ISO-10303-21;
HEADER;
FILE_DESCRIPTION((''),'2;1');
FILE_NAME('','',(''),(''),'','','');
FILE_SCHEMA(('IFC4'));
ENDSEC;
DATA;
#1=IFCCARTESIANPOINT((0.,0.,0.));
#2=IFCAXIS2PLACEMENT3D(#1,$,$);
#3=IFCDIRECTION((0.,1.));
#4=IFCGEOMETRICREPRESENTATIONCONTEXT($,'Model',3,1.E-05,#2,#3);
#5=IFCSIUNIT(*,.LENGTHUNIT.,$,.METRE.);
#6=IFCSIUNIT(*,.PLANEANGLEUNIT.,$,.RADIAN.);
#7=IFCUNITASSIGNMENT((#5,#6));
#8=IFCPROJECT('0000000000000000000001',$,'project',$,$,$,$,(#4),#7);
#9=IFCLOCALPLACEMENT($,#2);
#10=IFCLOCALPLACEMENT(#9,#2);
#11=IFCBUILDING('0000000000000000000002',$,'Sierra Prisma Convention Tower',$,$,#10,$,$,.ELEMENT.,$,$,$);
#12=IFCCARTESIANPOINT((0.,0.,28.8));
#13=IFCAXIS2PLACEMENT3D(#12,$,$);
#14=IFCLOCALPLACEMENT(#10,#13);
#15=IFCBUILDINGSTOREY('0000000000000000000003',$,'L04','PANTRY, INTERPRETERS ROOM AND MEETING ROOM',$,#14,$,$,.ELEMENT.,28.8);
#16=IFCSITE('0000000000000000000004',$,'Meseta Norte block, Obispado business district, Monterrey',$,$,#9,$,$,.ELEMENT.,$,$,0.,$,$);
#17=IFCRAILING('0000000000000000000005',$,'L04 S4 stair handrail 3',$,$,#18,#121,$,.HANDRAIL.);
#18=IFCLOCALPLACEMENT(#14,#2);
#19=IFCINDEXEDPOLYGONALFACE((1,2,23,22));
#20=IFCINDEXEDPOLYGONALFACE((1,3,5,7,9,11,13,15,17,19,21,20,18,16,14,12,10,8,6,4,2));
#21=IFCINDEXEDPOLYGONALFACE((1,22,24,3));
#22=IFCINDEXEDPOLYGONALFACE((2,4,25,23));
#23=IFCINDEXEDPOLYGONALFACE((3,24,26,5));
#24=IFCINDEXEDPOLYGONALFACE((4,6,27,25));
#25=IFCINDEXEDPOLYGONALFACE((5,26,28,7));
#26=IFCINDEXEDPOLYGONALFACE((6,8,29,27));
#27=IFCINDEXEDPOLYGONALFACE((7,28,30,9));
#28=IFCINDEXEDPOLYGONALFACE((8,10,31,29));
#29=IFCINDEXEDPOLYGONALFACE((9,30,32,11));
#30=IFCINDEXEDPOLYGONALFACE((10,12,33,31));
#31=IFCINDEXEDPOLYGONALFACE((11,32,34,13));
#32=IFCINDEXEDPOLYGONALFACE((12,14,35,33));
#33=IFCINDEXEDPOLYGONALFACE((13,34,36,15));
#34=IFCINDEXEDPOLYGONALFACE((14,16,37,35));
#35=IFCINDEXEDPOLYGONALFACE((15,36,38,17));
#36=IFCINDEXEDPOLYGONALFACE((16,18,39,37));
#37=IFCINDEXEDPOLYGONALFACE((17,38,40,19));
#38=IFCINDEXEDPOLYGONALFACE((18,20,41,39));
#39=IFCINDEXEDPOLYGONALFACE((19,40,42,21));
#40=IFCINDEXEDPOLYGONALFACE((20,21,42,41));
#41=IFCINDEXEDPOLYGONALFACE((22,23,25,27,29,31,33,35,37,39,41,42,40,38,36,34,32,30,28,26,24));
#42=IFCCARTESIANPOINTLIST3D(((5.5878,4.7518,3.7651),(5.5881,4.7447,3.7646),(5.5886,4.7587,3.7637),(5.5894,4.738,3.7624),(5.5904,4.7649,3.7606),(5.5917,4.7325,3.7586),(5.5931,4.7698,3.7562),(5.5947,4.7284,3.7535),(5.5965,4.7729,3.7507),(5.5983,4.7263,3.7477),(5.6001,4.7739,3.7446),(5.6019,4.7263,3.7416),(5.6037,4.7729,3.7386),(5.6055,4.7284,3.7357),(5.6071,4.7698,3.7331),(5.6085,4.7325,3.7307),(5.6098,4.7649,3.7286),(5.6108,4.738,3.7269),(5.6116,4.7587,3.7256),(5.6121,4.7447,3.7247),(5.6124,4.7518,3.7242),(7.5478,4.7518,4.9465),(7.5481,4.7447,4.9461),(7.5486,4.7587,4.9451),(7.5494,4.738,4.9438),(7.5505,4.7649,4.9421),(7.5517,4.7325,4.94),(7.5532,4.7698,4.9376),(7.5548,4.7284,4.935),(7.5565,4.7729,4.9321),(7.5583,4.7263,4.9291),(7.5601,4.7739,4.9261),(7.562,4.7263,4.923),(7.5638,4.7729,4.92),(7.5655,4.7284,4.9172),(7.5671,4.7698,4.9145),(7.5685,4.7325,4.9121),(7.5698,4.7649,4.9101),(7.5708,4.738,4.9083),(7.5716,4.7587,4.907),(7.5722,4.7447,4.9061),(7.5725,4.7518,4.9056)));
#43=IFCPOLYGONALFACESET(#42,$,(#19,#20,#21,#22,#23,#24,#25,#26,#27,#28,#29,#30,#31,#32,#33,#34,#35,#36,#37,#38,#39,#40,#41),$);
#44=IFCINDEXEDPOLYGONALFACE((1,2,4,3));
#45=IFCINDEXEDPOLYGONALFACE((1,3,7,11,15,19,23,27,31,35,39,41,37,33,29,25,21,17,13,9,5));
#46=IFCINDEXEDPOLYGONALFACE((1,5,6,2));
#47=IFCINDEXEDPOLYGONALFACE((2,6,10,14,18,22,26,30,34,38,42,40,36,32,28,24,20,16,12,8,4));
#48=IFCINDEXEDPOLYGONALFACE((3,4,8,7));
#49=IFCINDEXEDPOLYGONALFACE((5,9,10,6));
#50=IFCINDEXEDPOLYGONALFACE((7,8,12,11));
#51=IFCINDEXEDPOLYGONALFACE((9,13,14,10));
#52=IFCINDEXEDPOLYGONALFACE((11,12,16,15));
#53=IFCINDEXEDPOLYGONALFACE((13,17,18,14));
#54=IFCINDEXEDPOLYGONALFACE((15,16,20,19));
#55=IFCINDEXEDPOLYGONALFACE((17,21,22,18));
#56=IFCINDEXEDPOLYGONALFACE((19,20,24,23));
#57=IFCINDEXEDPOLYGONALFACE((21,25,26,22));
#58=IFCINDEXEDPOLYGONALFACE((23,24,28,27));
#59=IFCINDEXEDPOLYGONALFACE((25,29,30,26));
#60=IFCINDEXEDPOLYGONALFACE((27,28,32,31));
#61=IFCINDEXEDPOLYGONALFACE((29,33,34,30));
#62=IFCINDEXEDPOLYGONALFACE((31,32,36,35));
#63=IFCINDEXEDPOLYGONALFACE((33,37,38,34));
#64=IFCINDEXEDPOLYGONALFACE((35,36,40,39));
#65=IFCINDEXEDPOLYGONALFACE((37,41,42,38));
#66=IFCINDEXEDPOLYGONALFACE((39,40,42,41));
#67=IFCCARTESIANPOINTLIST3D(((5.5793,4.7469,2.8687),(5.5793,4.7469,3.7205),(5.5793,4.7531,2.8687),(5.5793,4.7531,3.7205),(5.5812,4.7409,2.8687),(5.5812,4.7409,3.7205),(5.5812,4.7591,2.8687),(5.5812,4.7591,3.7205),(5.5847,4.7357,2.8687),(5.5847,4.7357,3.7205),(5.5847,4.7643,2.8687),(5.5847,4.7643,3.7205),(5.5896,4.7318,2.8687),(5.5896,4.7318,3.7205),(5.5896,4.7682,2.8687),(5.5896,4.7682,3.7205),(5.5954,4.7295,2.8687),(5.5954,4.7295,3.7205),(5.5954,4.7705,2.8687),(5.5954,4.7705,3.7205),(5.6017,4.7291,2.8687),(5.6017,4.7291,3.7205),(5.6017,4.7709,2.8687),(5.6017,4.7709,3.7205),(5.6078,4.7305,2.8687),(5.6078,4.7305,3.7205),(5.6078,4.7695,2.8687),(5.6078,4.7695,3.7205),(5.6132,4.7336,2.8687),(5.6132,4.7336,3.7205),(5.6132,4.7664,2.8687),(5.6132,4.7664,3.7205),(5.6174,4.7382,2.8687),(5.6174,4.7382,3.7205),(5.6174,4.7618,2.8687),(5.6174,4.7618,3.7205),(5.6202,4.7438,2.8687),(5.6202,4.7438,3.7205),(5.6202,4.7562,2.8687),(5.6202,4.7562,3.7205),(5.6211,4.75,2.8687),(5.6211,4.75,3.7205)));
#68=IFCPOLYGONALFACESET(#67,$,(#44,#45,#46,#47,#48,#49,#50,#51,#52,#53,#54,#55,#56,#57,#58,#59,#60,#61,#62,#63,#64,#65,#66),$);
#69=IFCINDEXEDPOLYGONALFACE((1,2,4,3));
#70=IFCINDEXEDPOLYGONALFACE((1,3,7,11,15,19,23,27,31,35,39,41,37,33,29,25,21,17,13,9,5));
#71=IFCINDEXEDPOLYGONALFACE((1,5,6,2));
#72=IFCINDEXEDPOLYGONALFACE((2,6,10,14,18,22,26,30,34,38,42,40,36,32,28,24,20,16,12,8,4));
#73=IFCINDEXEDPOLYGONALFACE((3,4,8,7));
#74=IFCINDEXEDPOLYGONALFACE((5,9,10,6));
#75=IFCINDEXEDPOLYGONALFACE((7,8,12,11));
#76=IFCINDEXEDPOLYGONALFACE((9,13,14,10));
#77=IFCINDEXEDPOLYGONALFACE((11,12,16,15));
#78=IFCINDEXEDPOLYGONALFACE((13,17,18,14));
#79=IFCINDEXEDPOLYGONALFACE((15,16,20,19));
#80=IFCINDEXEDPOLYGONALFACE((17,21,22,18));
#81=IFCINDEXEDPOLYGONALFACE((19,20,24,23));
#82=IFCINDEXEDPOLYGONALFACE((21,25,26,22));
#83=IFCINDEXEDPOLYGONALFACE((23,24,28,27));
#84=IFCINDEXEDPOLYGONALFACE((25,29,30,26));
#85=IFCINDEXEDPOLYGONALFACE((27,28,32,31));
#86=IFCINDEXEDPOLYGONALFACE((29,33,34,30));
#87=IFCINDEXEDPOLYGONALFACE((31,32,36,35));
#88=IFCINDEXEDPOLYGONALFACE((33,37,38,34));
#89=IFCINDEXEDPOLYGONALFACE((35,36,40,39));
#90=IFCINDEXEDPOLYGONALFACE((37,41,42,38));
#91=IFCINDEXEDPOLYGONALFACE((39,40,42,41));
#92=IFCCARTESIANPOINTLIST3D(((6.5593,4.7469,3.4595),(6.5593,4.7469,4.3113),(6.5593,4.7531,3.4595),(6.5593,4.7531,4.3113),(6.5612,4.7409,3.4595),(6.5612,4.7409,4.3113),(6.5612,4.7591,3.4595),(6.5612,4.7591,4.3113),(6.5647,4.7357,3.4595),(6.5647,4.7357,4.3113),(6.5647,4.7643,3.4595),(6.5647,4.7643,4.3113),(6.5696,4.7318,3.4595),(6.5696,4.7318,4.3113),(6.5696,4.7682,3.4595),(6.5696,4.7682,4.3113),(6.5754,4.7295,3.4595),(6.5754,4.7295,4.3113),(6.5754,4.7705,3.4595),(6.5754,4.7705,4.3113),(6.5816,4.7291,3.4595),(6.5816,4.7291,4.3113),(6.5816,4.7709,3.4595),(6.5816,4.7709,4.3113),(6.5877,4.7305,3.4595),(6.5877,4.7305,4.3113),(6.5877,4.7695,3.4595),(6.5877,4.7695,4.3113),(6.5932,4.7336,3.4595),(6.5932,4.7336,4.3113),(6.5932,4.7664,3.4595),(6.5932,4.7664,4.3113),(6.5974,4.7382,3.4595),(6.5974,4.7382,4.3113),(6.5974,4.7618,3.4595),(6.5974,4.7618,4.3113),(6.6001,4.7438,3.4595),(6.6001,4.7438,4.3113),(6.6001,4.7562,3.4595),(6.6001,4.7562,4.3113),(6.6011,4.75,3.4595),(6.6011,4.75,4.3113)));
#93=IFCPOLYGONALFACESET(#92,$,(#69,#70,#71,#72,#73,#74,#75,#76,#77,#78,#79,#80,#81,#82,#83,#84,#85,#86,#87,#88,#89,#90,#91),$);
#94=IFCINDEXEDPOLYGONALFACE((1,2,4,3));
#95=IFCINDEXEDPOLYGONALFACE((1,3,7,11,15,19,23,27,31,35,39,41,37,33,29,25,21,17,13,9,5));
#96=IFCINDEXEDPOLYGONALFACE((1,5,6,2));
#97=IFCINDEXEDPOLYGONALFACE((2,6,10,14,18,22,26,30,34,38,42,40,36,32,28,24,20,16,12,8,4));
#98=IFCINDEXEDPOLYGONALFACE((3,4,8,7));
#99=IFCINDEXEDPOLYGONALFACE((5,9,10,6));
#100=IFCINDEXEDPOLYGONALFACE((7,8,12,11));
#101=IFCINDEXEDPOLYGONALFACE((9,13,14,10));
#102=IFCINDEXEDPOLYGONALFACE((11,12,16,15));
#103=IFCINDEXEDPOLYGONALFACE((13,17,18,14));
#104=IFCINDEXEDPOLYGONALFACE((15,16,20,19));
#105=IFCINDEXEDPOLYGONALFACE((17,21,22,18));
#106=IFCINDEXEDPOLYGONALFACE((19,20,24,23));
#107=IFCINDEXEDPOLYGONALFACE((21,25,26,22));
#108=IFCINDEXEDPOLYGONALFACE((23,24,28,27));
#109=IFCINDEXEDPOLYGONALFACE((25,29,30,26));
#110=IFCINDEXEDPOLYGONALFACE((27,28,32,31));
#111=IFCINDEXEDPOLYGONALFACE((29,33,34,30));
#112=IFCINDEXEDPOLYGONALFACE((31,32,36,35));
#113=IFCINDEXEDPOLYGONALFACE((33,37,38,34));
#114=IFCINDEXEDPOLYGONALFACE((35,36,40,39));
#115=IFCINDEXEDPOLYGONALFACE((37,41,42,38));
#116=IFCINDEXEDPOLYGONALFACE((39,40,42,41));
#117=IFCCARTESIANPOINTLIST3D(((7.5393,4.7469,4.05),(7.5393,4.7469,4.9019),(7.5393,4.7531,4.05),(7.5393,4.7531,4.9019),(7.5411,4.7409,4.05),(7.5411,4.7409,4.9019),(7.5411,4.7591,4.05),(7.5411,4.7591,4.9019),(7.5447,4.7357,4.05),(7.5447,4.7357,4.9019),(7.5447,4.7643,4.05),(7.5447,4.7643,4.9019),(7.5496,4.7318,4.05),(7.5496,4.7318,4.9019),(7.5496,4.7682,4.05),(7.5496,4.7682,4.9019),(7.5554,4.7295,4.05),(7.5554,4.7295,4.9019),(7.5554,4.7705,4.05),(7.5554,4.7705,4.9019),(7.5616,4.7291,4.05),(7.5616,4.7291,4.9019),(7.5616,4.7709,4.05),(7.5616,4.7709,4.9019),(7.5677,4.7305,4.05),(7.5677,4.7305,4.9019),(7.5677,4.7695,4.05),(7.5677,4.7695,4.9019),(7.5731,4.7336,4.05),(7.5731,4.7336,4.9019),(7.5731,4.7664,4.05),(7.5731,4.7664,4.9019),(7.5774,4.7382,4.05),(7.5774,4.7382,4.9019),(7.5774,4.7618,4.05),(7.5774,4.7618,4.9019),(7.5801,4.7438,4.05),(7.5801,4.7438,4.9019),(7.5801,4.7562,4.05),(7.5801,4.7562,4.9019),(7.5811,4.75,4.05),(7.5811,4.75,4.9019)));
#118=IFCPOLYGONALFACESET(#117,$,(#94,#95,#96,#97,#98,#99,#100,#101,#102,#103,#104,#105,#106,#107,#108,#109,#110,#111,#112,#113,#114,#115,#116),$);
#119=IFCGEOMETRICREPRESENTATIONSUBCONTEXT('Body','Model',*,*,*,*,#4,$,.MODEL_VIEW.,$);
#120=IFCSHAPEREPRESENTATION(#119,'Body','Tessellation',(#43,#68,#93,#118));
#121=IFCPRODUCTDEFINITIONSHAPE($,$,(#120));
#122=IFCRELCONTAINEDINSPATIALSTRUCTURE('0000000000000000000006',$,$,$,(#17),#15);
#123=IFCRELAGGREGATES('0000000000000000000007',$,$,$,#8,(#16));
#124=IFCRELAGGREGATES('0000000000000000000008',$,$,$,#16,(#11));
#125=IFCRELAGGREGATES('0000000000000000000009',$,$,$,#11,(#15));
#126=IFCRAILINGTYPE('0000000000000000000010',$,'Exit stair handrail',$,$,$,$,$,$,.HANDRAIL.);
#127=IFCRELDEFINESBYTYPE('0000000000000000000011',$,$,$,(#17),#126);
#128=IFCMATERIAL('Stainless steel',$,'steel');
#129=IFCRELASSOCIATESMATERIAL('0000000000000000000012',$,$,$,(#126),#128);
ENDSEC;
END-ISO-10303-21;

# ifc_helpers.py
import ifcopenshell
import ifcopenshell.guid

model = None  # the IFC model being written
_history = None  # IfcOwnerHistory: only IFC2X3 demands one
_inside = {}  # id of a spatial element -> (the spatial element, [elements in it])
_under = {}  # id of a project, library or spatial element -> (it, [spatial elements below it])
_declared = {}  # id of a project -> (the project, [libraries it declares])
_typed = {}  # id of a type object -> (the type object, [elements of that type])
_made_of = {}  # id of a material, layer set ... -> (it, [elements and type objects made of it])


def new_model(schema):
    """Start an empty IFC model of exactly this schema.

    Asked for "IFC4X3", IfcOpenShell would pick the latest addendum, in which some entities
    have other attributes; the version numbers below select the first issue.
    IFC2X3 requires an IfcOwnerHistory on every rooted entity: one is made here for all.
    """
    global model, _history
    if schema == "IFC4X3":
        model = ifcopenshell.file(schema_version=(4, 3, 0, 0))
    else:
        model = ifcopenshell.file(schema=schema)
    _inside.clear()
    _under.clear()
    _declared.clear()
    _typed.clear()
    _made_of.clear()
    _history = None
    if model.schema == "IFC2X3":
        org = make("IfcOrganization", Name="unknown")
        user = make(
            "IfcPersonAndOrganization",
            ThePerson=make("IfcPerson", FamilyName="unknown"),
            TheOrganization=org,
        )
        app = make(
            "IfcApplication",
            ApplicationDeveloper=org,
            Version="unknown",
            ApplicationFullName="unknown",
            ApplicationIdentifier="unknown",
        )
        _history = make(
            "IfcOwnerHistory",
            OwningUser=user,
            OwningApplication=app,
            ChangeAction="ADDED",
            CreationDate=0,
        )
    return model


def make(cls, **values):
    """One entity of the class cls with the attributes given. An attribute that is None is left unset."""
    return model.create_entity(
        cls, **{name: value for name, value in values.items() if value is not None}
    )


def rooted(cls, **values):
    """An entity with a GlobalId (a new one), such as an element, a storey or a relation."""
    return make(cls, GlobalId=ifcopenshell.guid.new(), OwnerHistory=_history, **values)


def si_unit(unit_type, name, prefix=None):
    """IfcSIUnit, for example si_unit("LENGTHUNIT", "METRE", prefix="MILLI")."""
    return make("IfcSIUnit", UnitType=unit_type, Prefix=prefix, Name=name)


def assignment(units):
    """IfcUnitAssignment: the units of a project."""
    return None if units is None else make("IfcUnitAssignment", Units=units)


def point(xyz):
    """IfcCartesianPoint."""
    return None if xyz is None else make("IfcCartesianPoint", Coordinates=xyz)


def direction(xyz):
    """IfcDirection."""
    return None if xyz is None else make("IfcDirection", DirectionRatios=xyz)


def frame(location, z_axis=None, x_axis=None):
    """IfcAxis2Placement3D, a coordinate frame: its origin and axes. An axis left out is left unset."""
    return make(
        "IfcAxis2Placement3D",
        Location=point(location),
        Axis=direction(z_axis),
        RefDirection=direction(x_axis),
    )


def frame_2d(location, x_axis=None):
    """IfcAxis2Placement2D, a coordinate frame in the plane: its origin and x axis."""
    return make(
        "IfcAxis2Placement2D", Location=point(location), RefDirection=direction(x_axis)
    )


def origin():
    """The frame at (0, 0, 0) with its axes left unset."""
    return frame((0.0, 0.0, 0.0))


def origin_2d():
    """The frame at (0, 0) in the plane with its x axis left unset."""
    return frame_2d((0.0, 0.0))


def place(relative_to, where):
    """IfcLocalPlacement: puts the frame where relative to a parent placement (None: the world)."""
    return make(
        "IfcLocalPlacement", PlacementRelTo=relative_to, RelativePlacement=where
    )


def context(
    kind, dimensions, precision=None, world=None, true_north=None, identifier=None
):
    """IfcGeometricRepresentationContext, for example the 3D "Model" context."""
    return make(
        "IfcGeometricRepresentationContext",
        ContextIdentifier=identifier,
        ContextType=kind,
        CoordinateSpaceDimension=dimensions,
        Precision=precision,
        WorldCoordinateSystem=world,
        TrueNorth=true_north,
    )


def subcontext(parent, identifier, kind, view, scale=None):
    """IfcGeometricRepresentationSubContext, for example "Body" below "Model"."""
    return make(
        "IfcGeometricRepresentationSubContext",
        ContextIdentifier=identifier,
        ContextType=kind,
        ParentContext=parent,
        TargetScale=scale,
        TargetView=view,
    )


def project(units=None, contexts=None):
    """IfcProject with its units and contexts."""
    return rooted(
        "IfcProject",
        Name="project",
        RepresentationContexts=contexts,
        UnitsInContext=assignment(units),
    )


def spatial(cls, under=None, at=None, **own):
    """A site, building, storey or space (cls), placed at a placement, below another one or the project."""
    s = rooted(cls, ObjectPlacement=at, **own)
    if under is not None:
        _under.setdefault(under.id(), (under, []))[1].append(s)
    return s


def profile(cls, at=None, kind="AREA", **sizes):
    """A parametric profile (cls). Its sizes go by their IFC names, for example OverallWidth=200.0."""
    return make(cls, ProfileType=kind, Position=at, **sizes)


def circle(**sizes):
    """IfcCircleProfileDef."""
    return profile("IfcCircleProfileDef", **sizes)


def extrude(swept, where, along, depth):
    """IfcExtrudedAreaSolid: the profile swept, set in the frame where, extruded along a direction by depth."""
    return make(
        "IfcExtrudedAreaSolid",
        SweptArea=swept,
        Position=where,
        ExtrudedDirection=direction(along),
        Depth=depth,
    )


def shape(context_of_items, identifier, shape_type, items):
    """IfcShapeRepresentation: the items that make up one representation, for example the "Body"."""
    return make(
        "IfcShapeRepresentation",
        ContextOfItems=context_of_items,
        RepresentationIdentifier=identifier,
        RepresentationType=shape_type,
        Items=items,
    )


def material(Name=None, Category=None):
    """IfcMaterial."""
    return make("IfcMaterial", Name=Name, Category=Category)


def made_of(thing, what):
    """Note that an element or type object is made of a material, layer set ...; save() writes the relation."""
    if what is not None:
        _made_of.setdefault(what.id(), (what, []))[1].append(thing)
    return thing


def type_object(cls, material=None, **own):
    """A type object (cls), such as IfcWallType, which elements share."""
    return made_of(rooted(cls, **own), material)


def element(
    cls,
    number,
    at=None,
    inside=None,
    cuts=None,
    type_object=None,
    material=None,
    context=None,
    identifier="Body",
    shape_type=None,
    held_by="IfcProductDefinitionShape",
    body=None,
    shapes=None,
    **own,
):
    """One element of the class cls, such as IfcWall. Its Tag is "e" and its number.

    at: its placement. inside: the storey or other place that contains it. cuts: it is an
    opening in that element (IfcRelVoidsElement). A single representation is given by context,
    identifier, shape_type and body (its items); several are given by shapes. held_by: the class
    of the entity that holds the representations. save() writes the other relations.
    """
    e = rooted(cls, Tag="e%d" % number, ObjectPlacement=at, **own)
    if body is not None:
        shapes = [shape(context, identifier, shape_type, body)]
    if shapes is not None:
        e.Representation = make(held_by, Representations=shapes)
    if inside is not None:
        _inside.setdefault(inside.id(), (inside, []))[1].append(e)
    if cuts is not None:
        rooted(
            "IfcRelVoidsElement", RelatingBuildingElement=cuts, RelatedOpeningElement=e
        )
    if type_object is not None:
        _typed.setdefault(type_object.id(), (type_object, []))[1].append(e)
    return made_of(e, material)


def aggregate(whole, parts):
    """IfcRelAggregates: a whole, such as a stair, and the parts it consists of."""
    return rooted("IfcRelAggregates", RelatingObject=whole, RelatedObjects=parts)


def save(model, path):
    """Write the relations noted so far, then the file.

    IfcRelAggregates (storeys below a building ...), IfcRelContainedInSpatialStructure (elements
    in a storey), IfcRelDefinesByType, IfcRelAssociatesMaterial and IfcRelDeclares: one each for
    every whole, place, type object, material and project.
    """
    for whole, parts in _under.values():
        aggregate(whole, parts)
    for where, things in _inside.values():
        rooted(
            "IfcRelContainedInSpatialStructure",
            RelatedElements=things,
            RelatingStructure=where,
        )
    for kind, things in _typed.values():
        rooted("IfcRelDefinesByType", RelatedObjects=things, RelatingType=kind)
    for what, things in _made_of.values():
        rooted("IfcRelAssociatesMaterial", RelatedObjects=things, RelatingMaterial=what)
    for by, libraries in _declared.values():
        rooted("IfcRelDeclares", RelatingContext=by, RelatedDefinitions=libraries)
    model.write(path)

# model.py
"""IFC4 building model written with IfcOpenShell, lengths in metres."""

from ifc_helpers import new_model, si_unit, direction, frame, origin, origin_2d, place, context, subcontext, project, spatial, circle, extrude, material, type_object, element, save


model = new_model("IFC4")

# Units and contexts
model_context = context("Model", 3, precision=1e-05, world=origin(), true_north=direction((0.0, 1.0)))
body_context = subcontext(model_context, "Body", "Model", "MODEL_VIEW")
ifc_project = project(units=[si_unit("LENGTHUNIT", "METRE"), si_unit("PLANEANGLEUNIT", "RADIAN")], contexts=[model_context])

# Site, building, storey
site_placement = place(None, origin())
site = spatial("IfcSite", under=ifc_project, at=site_placement, Name="Meseta Norte block, Obispado business district, Monterrey", CompositionType="ELEMENT", RefElevation=0.0)
building_placement = place(site_placement, origin())
building = spatial("IfcBuilding", under=site, at=building_placement, Name="Sierra Prisma Convention Tower", CompositionType="ELEMENT")
storey_placement = place(building_placement, frame((0.0, 0.0, 28.8)))
storey = spatial("IfcBuildingStorey", under=building, at=storey_placement, Name="L04", Description="PANTRY, INTERPRETERS ROOM AND MEETING ROOM", CompositionType="ELEMENT", Elevation=28.8)

# Railing
ifc_material_1 = material(Name="Stainless steel", Category="steel")
railing_type_1 = type_object("IfcRailingType", Name="Exit stair handrail", PredefinedType="HANDRAIL", material=ifc_material_1)
railing_1_placement = place(storey_placement, frame((5.6001, 4.75, 2.8687)))
element("IfcRailing", 1, at=railing_1_placement, inside=storey, type_object=railing_type_1, Name="L04 S4 stair handrail 3", PredefinedType="HANDRAIL", context=body_context, shape_type="SweptSolid", body=[
    extrude(circle(Radius=0.0239, at=origin_2d()), frame((0.0, 0.0, 0.876), z_axis=(0.856446, 0.0, 0.516236), x_axis=(0.0, 1.0, 0.0)), (0.0, 0.0, 1.0), 2.2886),
    extrude(circle(Radius=0.021, at=origin_2d()), origin(), (0.0, 0.0, 1.0), 0.8518),
    extrude(circle(Radius=0.021, at=origin_2d()), frame((0.98, 0.0, 0.5908)), (0.0, 0.0, 1.0), 0.8518),
    extrude(circle(Radius=0.021, at=origin_2d()), frame((1.96, 0.0, 1.1814)), (0.0, 0.0, 1.0), 0.8518),
])

save(model, "model.ifc")
